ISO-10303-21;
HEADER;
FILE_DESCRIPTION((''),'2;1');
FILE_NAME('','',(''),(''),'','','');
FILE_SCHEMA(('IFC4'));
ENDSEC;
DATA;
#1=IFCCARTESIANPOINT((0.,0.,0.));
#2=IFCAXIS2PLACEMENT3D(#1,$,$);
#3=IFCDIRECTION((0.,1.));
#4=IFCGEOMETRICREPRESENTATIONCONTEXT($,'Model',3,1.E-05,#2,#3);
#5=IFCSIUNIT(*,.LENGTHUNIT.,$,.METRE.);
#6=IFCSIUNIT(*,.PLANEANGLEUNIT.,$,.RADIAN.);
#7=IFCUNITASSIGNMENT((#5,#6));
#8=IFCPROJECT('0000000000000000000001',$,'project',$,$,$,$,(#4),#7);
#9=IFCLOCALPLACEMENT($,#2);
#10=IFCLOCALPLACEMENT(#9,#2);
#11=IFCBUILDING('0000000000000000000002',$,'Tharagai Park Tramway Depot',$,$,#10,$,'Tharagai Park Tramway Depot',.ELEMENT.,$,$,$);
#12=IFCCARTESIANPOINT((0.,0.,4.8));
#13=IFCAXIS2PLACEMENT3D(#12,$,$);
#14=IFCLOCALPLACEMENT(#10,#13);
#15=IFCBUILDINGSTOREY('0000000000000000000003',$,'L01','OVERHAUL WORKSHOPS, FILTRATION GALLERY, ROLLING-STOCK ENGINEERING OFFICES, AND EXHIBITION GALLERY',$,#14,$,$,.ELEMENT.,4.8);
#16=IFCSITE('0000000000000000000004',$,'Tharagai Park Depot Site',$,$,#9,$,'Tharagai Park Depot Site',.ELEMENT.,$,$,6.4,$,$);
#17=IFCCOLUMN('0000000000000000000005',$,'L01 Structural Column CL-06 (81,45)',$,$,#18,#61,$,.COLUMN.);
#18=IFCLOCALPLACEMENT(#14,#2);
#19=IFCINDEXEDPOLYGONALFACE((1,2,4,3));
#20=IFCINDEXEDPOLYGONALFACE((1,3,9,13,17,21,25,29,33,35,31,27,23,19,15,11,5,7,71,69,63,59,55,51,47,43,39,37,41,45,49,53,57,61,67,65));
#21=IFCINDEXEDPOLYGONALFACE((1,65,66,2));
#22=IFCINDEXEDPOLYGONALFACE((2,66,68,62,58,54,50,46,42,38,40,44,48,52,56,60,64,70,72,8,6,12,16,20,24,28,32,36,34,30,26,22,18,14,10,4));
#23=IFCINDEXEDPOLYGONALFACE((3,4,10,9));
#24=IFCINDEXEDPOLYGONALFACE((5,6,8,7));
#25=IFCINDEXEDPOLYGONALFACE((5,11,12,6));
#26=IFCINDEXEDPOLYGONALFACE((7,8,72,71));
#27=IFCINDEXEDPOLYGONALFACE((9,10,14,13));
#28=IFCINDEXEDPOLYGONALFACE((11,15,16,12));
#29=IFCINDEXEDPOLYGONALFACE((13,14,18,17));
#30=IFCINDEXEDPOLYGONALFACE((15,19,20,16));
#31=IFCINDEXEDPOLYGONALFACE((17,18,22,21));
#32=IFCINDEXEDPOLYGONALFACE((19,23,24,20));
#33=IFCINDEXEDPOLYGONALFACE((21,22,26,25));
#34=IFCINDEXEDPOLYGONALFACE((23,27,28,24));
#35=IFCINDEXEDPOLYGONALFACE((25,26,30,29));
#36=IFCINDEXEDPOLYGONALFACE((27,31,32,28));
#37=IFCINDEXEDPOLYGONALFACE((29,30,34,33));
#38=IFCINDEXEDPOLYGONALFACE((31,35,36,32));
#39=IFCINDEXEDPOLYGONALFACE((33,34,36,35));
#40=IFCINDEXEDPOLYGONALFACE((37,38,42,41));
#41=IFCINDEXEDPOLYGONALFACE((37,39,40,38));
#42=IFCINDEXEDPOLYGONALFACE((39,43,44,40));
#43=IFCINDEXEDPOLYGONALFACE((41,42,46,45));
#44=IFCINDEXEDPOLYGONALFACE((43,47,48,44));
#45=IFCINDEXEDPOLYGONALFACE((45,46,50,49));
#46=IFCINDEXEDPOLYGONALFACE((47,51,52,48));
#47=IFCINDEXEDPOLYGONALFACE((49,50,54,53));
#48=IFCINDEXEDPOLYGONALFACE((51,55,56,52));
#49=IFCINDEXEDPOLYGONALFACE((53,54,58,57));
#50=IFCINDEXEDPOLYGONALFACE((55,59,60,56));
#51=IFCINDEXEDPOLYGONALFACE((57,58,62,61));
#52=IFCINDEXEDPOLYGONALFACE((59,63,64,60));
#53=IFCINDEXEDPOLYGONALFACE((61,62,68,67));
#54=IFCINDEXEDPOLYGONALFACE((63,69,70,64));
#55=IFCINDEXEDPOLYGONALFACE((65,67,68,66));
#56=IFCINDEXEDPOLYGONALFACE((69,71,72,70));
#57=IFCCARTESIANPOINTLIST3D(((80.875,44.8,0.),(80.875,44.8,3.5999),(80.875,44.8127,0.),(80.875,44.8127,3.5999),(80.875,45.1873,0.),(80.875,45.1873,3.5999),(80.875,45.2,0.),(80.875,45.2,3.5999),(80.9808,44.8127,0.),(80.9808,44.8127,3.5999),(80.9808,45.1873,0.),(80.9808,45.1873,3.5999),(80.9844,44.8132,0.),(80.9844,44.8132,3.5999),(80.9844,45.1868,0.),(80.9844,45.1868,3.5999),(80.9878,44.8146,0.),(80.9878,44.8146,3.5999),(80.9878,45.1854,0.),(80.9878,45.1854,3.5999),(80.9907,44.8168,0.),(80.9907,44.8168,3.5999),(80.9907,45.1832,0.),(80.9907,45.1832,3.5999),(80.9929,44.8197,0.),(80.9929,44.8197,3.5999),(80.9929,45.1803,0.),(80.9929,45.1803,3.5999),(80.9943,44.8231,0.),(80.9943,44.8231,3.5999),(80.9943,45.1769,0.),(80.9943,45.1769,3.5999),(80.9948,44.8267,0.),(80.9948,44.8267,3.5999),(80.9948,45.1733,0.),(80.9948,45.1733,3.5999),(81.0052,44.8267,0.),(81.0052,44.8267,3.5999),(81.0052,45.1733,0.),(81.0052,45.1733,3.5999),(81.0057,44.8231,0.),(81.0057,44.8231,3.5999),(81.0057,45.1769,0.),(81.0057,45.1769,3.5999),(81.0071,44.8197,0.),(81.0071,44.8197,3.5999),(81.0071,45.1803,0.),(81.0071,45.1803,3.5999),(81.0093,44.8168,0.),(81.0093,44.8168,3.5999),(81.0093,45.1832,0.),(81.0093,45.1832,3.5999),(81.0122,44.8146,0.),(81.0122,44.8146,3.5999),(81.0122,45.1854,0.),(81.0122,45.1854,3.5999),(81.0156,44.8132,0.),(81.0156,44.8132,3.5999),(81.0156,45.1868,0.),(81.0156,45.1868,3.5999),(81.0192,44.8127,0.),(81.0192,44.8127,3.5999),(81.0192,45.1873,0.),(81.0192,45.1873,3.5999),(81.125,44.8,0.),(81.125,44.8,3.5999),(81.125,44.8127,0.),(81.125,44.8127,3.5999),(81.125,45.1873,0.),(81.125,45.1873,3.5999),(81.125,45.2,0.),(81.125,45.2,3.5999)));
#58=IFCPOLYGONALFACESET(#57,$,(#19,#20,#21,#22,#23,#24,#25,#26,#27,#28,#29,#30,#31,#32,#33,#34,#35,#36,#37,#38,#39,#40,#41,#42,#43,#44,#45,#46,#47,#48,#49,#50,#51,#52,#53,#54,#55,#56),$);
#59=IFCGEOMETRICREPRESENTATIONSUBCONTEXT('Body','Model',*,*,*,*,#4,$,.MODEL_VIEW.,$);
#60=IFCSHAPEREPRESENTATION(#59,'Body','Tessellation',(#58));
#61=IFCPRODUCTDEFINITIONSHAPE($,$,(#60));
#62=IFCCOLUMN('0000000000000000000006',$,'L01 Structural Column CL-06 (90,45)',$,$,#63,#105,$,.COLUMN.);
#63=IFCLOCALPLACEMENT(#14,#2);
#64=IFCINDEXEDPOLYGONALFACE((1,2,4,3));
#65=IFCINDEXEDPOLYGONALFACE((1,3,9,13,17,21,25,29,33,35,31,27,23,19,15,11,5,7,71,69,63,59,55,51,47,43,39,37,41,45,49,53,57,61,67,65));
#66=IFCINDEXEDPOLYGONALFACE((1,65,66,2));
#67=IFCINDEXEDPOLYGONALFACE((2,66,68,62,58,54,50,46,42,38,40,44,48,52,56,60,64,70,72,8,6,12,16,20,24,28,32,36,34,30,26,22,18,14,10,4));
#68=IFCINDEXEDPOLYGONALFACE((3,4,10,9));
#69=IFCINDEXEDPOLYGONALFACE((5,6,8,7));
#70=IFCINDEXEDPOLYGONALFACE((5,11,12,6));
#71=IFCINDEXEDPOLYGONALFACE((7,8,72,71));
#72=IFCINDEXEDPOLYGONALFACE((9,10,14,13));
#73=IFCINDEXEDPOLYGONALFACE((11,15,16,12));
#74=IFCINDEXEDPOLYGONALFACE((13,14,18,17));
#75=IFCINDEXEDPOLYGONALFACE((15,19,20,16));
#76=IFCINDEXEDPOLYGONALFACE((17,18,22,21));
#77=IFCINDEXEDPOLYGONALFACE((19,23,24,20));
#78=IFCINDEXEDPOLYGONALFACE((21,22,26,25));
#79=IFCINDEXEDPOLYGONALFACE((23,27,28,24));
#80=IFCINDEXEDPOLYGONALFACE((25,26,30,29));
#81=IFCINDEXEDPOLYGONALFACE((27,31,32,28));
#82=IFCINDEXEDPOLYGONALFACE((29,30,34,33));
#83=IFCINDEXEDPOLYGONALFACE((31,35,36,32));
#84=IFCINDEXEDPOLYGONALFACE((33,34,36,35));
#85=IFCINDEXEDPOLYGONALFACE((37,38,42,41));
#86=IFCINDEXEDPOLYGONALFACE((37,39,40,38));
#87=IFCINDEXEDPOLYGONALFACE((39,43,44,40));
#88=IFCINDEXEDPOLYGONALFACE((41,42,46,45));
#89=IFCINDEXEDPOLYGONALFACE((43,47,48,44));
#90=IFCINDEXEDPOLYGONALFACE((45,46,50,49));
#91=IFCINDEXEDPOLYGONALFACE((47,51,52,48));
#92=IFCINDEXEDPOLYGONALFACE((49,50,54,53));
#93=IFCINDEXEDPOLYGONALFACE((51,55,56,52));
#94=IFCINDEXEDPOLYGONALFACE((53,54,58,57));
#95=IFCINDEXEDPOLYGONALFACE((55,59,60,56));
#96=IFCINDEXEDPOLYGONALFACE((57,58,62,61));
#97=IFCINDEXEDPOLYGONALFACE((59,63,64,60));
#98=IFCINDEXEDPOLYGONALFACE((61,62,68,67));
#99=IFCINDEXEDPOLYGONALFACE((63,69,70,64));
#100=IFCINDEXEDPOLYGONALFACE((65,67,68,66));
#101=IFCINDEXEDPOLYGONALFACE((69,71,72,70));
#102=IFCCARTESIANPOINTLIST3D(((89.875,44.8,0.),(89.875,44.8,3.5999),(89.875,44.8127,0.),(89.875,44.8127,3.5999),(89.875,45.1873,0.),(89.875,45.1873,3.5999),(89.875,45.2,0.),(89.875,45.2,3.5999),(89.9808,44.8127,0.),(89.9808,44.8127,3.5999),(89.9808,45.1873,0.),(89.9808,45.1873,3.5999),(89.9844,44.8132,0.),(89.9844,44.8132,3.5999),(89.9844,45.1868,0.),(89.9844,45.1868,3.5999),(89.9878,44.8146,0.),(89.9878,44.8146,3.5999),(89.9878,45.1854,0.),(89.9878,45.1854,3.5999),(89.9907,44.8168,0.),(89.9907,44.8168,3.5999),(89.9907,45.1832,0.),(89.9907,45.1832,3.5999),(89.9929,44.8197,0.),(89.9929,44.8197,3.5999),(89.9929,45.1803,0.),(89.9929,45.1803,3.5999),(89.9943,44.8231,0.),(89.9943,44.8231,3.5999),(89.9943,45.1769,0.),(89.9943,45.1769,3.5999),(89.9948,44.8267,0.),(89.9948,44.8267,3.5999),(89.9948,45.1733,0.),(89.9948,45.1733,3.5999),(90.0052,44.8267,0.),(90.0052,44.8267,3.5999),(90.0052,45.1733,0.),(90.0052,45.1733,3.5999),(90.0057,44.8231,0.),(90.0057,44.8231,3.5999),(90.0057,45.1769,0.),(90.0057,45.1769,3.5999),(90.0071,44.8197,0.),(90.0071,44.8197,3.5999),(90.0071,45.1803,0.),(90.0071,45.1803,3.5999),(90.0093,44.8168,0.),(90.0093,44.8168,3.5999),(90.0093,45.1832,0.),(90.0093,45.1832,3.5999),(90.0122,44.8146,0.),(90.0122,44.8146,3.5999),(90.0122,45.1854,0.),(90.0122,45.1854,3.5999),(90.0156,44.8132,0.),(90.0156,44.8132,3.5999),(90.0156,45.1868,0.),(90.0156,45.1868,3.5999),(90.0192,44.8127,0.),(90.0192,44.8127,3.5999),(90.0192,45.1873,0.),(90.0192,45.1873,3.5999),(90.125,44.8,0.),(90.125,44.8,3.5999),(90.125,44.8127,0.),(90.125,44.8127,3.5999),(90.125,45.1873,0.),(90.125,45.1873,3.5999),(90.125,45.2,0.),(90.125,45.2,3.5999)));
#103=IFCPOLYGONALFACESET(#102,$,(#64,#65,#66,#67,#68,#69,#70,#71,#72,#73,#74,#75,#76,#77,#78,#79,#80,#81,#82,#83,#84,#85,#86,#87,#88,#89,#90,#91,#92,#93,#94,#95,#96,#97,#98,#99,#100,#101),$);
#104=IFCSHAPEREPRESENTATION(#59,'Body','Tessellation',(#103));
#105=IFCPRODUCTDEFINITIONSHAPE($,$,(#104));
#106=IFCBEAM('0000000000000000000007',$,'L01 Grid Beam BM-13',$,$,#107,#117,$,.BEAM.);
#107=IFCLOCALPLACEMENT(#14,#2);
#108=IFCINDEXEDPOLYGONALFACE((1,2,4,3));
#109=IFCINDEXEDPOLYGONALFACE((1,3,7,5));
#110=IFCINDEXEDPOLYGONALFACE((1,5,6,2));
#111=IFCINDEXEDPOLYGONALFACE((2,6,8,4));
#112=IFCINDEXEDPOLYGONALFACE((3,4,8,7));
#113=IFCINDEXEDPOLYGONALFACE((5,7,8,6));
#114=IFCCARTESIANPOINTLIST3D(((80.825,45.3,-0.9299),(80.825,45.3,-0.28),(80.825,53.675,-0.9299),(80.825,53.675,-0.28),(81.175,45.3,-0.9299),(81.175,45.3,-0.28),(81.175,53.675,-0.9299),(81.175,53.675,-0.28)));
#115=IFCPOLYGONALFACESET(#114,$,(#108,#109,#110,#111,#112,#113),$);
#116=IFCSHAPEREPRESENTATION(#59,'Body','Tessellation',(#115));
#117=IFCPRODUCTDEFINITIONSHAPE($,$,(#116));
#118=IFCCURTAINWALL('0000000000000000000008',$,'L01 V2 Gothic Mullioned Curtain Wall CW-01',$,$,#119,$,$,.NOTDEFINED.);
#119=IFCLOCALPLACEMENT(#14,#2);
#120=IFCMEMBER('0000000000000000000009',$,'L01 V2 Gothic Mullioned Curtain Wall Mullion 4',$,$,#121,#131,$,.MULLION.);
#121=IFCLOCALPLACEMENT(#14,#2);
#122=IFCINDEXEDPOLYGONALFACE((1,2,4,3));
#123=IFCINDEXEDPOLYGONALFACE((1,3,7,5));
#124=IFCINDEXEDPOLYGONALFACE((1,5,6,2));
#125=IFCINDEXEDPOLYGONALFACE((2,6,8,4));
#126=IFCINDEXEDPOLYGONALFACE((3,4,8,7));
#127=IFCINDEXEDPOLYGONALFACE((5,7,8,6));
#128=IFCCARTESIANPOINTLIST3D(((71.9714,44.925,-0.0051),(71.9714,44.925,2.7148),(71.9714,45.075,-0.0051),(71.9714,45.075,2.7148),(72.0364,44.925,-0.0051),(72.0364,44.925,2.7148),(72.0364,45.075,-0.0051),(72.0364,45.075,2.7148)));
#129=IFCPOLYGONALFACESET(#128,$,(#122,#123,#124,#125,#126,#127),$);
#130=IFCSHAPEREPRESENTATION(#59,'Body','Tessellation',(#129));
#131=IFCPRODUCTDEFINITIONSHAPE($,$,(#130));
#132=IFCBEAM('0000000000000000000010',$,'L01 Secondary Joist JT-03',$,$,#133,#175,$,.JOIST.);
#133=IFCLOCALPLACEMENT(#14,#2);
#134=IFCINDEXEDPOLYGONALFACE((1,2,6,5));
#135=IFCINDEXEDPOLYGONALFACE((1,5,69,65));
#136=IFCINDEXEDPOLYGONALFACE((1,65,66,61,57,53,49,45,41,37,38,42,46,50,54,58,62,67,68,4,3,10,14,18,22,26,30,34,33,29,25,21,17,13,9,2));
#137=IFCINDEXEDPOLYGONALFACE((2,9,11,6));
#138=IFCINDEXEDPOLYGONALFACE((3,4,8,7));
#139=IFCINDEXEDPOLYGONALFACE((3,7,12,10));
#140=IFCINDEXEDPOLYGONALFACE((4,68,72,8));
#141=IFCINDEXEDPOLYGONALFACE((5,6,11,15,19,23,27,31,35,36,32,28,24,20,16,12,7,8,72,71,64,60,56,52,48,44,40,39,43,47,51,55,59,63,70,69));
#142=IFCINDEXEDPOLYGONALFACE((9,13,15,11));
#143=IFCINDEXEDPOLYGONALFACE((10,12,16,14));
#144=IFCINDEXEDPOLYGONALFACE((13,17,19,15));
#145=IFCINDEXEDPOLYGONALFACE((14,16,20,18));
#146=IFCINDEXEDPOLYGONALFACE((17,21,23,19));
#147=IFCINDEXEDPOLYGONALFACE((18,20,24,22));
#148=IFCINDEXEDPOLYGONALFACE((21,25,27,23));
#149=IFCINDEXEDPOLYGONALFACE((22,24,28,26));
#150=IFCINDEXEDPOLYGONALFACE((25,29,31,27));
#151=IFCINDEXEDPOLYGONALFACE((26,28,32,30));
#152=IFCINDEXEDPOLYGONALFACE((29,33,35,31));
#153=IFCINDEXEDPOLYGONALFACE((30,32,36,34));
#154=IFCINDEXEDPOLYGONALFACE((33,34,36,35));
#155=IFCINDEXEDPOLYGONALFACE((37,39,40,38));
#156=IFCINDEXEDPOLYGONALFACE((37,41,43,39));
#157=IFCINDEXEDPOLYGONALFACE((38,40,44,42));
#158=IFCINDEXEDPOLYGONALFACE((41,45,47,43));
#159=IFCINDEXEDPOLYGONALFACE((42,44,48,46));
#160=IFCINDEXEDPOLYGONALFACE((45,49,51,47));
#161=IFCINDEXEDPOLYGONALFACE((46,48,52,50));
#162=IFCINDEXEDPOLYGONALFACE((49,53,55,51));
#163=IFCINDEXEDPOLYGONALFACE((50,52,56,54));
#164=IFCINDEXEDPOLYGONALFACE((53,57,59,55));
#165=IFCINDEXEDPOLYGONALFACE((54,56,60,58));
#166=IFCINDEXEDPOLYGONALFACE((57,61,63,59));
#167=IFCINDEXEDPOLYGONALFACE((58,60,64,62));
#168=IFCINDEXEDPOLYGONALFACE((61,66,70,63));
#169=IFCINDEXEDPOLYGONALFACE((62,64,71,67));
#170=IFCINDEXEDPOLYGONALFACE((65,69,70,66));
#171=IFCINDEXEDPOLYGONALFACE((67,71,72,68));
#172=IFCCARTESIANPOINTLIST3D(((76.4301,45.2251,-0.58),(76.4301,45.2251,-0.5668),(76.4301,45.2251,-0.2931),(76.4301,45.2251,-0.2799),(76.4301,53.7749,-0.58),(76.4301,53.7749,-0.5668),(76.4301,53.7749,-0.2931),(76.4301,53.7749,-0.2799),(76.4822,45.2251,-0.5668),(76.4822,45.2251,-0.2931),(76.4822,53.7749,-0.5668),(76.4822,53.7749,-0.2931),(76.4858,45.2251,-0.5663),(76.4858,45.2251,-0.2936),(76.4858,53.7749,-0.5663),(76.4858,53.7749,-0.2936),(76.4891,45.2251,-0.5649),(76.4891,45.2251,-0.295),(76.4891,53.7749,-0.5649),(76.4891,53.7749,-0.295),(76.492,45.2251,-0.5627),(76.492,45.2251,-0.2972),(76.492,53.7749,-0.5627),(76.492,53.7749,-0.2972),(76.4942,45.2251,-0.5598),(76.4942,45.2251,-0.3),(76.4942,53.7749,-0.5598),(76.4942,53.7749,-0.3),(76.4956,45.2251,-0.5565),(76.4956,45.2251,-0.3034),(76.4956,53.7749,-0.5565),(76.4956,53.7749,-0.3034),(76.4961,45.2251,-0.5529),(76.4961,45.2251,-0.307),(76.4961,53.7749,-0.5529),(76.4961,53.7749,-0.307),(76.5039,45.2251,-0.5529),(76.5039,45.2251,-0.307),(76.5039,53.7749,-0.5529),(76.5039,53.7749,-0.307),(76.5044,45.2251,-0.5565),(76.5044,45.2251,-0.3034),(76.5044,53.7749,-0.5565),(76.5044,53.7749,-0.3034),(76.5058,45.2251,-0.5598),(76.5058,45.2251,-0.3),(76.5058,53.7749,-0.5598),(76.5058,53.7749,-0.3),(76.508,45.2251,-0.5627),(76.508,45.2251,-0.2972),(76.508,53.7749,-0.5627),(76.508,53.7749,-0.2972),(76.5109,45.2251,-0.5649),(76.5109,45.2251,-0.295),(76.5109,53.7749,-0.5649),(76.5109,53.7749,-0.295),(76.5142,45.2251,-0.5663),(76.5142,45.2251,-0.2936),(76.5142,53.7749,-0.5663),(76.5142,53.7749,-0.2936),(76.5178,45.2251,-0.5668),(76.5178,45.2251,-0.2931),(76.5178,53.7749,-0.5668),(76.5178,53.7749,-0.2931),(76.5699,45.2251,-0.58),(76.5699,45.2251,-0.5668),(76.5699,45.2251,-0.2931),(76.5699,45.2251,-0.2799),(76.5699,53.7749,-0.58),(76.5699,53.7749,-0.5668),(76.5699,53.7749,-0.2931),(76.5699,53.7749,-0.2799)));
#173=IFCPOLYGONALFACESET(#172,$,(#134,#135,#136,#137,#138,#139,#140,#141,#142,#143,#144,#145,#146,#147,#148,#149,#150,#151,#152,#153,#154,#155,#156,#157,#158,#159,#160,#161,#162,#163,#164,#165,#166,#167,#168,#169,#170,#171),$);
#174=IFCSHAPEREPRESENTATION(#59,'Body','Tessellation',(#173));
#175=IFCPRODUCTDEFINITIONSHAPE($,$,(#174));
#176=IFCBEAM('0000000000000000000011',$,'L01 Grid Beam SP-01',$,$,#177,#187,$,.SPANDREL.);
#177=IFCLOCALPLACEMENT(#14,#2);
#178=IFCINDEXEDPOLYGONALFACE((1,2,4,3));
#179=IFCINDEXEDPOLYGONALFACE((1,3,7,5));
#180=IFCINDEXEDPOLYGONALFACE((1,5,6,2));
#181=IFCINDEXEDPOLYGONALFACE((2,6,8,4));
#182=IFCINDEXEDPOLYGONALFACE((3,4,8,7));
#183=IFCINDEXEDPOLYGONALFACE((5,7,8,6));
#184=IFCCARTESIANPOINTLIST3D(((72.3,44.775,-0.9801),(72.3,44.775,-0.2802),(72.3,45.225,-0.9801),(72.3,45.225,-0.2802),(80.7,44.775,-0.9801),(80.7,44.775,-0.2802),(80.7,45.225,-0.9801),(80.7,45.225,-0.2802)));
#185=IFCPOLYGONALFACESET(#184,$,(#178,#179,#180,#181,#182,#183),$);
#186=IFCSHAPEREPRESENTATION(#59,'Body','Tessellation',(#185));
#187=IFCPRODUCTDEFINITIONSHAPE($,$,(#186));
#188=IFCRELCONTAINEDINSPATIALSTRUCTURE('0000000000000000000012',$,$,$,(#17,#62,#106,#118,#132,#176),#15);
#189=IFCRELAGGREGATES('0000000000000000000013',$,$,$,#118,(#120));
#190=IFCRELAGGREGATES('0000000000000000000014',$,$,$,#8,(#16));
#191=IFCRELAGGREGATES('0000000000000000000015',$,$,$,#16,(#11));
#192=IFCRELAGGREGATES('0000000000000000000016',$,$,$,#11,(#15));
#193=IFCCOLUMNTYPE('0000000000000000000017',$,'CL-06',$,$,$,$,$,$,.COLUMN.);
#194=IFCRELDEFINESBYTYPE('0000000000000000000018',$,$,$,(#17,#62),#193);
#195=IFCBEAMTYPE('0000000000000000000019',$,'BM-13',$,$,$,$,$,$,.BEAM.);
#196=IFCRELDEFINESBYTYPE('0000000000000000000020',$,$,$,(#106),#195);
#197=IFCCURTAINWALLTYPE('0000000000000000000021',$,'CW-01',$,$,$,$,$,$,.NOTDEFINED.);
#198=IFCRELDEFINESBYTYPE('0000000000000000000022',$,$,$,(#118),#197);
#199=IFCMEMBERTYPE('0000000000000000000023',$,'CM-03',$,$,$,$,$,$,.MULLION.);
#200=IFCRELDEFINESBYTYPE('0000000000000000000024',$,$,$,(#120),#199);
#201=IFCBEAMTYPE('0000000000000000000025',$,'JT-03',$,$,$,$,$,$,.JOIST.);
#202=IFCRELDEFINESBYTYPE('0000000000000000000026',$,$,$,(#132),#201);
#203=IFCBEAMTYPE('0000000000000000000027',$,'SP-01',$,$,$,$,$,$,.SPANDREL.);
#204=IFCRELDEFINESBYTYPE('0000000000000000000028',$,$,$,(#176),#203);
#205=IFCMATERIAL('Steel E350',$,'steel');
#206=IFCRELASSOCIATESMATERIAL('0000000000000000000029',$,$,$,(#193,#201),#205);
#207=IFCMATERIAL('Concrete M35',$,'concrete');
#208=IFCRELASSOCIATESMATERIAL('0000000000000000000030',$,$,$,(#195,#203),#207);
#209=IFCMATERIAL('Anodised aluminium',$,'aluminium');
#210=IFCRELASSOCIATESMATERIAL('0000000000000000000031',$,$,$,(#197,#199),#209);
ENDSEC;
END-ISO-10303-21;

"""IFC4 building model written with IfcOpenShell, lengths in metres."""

from ifc_helpers import new_model, si_unit, direction, frame, origin, origin_2d, place, context, subcontext, project, spatial, rectangle, i_section, extrude, material, material_profile, profile_set, type_object, element, aggregate, save


model = new_model("IFC4")

# Units and contexts
model_context = context("Model", 3, precision=1e-05, world=origin(), true_north=direction((0.0, 1.0)))
body_context = subcontext(model_context, "Body", "Model", "MODEL_VIEW")
ifc_project = project(units=[si_unit("LENGTHUNIT", "METRE"), si_unit("PLANEANGLEUNIT", "RADIAN")], contexts=[model_context])

# Site, building, storey
site_placement = place(None, origin())
site = spatial("IfcSite", under=ifc_project, at=site_placement, Name="Tharagai Park Depot Site", LongName="Tharagai Park Depot Site", CompositionType="ELEMENT", RefElevation=6.4)
building_placement = place(site_placement, origin())
building = spatial("IfcBuilding", under=site, at=building_placement, Name="Tharagai Park Tramway Depot", LongName="Tharagai Park Tramway Depot", CompositionType="ELEMENT")
storey_placement = place(building_placement, frame((0.0, 0.0, 4.8)))
storey = spatial("IfcBuildingStorey", under=building, at=storey_placement, Name="L01", Description="OVERHAUL WORKSHOPS, FILTRATION GALLERY, ROLLING-STOCK ENGINEERING OFFICES, AND EXHIBITION GALLERY", CompositionType="ELEMENT", Elevation=4.8)

# Columns
ifc_material_1 = material(Name="Steel E350", Category="steel")
ifc_material_profile_1 = material_profile(ifc_material_1, i_section(OverallWidth=0.25, OverallDepth=0.3999, WebThickness=0.0105, FlangeThickness=0.0127, FilletRadius=0.0139, at=origin_2d()), Name="ISHB 400")
ifc_profile_set_1 = profile_set([ifc_material_profile_1], Name="Steel E350")
column_type = type_object("IfcColumnType", Name="CL-06", PredefinedType="COLUMN", material=ifc_profile_set_1)
for number, where, z_axis, x_axis, name in (
    (1, (81.0, 45.0, 0.0), (0.0, 0.0, 1.0), (1.0, 0.0, 0.0), "L01 Structural Column CL-06 (81,45)"),
    (2, (90.0, 45.0, 0.0), (0.0, 0.0, 1.0), (1.0, 0.0, 0.0), "L01 Structural Column CL-06 (90,45)"),
):
    element("IfcColumn", number, at=place(storey_placement, frame(where, z_axis=z_axis, x_axis=x_axis)), inside=storey, type_object=column_type, Name=name, PredefinedType="COLUMN", context=body_context, shape_type="SweptSolid", body=[
        extrude(i_section(OverallWidth=0.25, OverallDepth=0.3999, WebThickness=0.0105, FlangeThickness=0.0127, FilletRadius=0.0139, at=origin_2d()), origin(), (0.0, 0.0, 1.0), 3.5999),
    ])

# Beam
ifc_material_2 = material(Name="Concrete M35", Category="concrete")
ifc_material_profile_2 = material_profile(ifc_material_2, rectangle(XDim=0.3501, YDim=0.6499, at=origin_2d()), Name="RC 350x650")
ifc_profile_set_2 = profile_set([ifc_material_profile_2], Name="Concrete M35")
beam_type_1 = type_object("IfcBeamType", Name="BM-13", PredefinedType="BEAM", material=ifc_profile_set_2)
beam_1_placement = place(storey_placement, frame((81.0, 45.3, -0.605), z_axis=(0.0, 1.0, 0.0), x_axis=(-1.0, 0.0, 0.0)))
element("IfcBeam", 3, at=beam_1_placement, inside=storey, type_object=beam_type_1, Name="L01 Grid Beam BM-13", PredefinedType="BEAM", context=body_context, shape_type="SweptSolid", body=[
    extrude(rectangle(XDim=0.3501, YDim=0.6499, at=origin_2d()), origin(), (0.0, 0.0, 1.0), 8.375),
])

# Curtain wall, member
ifc_material_3 = material(Name="Anodised aluminium", Category="aluminium")
curtain_wall_type = type_object("IfcCurtainWallType", Name="CW-01", PredefinedType="NOTDEFINED", material=ifc_material_3)
curtain_wall_placement = place(storey_placement, origin())
curtain_wall = element("IfcCurtainWall", 4, at=curtain_wall_placement, inside=storey, type_object=curtain_wall_type, Name="L01 V2 Gothic Mullioned Curtain Wall CW-01", PredefinedType="NOTDEFINED")
ifc_material_profile_3 = material_profile(ifc_material_3, rectangle(XDim=0.0649, YDim=0.1499, at=origin_2d()), Name="ALU 65x150")
ifc_profile_set_3 = profile_set([ifc_material_profile_3], Name="Anodised aluminium")
member_type = type_object("IfcMemberType", Name="CM-03", PredefinedType="MULLION", material=ifc_profile_set_3)
member_placement = place(storey_placement, frame((72.0039, 45.0, -0.0051), z_axis=(0.0, 0.0, 1.0), x_axis=(1.0, 0.0, 0.0)))
member = element("IfcMember", 5, at=member_placement, type_object=member_type, Name="L01 V2 Gothic Mullioned Curtain Wall Mullion 4", PredefinedType="MULLION", context=body_context, shape_type="SweptSolid", body=[
    extrude(rectangle(XDim=0.0649, YDim=0.1499, at=origin_2d()), origin(), (0.0, 0.0, 1.0), 2.72),
])
aggregate(curtain_wall, [member])

# Beams
ifc_material_profile_4 = material_profile(ifc_material_1, i_section(OverallWidth=0.1399, OverallDepth=0.3, WebThickness=0.0078, FlangeThickness=0.0132, FilletRadius=0.0139, at=origin_2d()), Name="ISMB 300")
ifc_profile_set_4 = profile_set([ifc_material_profile_4], Name="Steel E350")
beam_type_2 = type_object("IfcBeamType", Name="JT-03", PredefinedType="JOIST", material=ifc_profile_set_4)
beam_2_placement = place(storey_placement, frame((76.5, 45.2251, -0.4299), z_axis=(0.0, 1.0, 0.0), x_axis=(-1.0, 0.0, 0.0)))
element("IfcBeam", 6, at=beam_2_placement, inside=storey, type_object=beam_type_2, Name="L01 Secondary Joist JT-03", PredefinedType="JOIST", context=body_context, shape_type="SweptSolid", body=[
    extrude(i_section(OverallWidth=0.1399, OverallDepth=0.3, WebThickness=0.0078, FlangeThickness=0.0132, FilletRadius=0.0139, at=origin_2d()), origin(), (0.0, 0.0, 1.0), 8.5498),
])
ifc_material_profile_5 = material_profile(ifc_material_2, rectangle(XDim=0.45, YDim=0.7, at=origin_2d()), Name="RC 450x700")
ifc_profile_set_5 = profile_set([ifc_material_profile_5], Name="Concrete M35")
beam_type_3 = type_object("IfcBeamType", Name="SP-01", PredefinedType="SPANDREL", material=ifc_profile_set_5)
for number, where, z_axis, x_axis, name in (
    (7, (72.3, 45.0, -0.6301), (1.0, 0.0, 0.0), (0.0, 1.0, 0.0), "L01 Grid Beam SP-01"),
):
    element("IfcBeam", number, at=place(storey_placement, frame(where, z_axis=z_axis, x_axis=x_axis)), inside=storey, type_object=beam_type_3, Name=name, PredefinedType="SPANDREL", context=body_context, shape_type="SweptSolid", body=[
        extrude(rectangle(XDim=0.45, YDim=0.7, at=origin_2d()), origin(), (0.0, 0.0, 1.0), 8.3999),
    ])

save(model, "model.ifc")
